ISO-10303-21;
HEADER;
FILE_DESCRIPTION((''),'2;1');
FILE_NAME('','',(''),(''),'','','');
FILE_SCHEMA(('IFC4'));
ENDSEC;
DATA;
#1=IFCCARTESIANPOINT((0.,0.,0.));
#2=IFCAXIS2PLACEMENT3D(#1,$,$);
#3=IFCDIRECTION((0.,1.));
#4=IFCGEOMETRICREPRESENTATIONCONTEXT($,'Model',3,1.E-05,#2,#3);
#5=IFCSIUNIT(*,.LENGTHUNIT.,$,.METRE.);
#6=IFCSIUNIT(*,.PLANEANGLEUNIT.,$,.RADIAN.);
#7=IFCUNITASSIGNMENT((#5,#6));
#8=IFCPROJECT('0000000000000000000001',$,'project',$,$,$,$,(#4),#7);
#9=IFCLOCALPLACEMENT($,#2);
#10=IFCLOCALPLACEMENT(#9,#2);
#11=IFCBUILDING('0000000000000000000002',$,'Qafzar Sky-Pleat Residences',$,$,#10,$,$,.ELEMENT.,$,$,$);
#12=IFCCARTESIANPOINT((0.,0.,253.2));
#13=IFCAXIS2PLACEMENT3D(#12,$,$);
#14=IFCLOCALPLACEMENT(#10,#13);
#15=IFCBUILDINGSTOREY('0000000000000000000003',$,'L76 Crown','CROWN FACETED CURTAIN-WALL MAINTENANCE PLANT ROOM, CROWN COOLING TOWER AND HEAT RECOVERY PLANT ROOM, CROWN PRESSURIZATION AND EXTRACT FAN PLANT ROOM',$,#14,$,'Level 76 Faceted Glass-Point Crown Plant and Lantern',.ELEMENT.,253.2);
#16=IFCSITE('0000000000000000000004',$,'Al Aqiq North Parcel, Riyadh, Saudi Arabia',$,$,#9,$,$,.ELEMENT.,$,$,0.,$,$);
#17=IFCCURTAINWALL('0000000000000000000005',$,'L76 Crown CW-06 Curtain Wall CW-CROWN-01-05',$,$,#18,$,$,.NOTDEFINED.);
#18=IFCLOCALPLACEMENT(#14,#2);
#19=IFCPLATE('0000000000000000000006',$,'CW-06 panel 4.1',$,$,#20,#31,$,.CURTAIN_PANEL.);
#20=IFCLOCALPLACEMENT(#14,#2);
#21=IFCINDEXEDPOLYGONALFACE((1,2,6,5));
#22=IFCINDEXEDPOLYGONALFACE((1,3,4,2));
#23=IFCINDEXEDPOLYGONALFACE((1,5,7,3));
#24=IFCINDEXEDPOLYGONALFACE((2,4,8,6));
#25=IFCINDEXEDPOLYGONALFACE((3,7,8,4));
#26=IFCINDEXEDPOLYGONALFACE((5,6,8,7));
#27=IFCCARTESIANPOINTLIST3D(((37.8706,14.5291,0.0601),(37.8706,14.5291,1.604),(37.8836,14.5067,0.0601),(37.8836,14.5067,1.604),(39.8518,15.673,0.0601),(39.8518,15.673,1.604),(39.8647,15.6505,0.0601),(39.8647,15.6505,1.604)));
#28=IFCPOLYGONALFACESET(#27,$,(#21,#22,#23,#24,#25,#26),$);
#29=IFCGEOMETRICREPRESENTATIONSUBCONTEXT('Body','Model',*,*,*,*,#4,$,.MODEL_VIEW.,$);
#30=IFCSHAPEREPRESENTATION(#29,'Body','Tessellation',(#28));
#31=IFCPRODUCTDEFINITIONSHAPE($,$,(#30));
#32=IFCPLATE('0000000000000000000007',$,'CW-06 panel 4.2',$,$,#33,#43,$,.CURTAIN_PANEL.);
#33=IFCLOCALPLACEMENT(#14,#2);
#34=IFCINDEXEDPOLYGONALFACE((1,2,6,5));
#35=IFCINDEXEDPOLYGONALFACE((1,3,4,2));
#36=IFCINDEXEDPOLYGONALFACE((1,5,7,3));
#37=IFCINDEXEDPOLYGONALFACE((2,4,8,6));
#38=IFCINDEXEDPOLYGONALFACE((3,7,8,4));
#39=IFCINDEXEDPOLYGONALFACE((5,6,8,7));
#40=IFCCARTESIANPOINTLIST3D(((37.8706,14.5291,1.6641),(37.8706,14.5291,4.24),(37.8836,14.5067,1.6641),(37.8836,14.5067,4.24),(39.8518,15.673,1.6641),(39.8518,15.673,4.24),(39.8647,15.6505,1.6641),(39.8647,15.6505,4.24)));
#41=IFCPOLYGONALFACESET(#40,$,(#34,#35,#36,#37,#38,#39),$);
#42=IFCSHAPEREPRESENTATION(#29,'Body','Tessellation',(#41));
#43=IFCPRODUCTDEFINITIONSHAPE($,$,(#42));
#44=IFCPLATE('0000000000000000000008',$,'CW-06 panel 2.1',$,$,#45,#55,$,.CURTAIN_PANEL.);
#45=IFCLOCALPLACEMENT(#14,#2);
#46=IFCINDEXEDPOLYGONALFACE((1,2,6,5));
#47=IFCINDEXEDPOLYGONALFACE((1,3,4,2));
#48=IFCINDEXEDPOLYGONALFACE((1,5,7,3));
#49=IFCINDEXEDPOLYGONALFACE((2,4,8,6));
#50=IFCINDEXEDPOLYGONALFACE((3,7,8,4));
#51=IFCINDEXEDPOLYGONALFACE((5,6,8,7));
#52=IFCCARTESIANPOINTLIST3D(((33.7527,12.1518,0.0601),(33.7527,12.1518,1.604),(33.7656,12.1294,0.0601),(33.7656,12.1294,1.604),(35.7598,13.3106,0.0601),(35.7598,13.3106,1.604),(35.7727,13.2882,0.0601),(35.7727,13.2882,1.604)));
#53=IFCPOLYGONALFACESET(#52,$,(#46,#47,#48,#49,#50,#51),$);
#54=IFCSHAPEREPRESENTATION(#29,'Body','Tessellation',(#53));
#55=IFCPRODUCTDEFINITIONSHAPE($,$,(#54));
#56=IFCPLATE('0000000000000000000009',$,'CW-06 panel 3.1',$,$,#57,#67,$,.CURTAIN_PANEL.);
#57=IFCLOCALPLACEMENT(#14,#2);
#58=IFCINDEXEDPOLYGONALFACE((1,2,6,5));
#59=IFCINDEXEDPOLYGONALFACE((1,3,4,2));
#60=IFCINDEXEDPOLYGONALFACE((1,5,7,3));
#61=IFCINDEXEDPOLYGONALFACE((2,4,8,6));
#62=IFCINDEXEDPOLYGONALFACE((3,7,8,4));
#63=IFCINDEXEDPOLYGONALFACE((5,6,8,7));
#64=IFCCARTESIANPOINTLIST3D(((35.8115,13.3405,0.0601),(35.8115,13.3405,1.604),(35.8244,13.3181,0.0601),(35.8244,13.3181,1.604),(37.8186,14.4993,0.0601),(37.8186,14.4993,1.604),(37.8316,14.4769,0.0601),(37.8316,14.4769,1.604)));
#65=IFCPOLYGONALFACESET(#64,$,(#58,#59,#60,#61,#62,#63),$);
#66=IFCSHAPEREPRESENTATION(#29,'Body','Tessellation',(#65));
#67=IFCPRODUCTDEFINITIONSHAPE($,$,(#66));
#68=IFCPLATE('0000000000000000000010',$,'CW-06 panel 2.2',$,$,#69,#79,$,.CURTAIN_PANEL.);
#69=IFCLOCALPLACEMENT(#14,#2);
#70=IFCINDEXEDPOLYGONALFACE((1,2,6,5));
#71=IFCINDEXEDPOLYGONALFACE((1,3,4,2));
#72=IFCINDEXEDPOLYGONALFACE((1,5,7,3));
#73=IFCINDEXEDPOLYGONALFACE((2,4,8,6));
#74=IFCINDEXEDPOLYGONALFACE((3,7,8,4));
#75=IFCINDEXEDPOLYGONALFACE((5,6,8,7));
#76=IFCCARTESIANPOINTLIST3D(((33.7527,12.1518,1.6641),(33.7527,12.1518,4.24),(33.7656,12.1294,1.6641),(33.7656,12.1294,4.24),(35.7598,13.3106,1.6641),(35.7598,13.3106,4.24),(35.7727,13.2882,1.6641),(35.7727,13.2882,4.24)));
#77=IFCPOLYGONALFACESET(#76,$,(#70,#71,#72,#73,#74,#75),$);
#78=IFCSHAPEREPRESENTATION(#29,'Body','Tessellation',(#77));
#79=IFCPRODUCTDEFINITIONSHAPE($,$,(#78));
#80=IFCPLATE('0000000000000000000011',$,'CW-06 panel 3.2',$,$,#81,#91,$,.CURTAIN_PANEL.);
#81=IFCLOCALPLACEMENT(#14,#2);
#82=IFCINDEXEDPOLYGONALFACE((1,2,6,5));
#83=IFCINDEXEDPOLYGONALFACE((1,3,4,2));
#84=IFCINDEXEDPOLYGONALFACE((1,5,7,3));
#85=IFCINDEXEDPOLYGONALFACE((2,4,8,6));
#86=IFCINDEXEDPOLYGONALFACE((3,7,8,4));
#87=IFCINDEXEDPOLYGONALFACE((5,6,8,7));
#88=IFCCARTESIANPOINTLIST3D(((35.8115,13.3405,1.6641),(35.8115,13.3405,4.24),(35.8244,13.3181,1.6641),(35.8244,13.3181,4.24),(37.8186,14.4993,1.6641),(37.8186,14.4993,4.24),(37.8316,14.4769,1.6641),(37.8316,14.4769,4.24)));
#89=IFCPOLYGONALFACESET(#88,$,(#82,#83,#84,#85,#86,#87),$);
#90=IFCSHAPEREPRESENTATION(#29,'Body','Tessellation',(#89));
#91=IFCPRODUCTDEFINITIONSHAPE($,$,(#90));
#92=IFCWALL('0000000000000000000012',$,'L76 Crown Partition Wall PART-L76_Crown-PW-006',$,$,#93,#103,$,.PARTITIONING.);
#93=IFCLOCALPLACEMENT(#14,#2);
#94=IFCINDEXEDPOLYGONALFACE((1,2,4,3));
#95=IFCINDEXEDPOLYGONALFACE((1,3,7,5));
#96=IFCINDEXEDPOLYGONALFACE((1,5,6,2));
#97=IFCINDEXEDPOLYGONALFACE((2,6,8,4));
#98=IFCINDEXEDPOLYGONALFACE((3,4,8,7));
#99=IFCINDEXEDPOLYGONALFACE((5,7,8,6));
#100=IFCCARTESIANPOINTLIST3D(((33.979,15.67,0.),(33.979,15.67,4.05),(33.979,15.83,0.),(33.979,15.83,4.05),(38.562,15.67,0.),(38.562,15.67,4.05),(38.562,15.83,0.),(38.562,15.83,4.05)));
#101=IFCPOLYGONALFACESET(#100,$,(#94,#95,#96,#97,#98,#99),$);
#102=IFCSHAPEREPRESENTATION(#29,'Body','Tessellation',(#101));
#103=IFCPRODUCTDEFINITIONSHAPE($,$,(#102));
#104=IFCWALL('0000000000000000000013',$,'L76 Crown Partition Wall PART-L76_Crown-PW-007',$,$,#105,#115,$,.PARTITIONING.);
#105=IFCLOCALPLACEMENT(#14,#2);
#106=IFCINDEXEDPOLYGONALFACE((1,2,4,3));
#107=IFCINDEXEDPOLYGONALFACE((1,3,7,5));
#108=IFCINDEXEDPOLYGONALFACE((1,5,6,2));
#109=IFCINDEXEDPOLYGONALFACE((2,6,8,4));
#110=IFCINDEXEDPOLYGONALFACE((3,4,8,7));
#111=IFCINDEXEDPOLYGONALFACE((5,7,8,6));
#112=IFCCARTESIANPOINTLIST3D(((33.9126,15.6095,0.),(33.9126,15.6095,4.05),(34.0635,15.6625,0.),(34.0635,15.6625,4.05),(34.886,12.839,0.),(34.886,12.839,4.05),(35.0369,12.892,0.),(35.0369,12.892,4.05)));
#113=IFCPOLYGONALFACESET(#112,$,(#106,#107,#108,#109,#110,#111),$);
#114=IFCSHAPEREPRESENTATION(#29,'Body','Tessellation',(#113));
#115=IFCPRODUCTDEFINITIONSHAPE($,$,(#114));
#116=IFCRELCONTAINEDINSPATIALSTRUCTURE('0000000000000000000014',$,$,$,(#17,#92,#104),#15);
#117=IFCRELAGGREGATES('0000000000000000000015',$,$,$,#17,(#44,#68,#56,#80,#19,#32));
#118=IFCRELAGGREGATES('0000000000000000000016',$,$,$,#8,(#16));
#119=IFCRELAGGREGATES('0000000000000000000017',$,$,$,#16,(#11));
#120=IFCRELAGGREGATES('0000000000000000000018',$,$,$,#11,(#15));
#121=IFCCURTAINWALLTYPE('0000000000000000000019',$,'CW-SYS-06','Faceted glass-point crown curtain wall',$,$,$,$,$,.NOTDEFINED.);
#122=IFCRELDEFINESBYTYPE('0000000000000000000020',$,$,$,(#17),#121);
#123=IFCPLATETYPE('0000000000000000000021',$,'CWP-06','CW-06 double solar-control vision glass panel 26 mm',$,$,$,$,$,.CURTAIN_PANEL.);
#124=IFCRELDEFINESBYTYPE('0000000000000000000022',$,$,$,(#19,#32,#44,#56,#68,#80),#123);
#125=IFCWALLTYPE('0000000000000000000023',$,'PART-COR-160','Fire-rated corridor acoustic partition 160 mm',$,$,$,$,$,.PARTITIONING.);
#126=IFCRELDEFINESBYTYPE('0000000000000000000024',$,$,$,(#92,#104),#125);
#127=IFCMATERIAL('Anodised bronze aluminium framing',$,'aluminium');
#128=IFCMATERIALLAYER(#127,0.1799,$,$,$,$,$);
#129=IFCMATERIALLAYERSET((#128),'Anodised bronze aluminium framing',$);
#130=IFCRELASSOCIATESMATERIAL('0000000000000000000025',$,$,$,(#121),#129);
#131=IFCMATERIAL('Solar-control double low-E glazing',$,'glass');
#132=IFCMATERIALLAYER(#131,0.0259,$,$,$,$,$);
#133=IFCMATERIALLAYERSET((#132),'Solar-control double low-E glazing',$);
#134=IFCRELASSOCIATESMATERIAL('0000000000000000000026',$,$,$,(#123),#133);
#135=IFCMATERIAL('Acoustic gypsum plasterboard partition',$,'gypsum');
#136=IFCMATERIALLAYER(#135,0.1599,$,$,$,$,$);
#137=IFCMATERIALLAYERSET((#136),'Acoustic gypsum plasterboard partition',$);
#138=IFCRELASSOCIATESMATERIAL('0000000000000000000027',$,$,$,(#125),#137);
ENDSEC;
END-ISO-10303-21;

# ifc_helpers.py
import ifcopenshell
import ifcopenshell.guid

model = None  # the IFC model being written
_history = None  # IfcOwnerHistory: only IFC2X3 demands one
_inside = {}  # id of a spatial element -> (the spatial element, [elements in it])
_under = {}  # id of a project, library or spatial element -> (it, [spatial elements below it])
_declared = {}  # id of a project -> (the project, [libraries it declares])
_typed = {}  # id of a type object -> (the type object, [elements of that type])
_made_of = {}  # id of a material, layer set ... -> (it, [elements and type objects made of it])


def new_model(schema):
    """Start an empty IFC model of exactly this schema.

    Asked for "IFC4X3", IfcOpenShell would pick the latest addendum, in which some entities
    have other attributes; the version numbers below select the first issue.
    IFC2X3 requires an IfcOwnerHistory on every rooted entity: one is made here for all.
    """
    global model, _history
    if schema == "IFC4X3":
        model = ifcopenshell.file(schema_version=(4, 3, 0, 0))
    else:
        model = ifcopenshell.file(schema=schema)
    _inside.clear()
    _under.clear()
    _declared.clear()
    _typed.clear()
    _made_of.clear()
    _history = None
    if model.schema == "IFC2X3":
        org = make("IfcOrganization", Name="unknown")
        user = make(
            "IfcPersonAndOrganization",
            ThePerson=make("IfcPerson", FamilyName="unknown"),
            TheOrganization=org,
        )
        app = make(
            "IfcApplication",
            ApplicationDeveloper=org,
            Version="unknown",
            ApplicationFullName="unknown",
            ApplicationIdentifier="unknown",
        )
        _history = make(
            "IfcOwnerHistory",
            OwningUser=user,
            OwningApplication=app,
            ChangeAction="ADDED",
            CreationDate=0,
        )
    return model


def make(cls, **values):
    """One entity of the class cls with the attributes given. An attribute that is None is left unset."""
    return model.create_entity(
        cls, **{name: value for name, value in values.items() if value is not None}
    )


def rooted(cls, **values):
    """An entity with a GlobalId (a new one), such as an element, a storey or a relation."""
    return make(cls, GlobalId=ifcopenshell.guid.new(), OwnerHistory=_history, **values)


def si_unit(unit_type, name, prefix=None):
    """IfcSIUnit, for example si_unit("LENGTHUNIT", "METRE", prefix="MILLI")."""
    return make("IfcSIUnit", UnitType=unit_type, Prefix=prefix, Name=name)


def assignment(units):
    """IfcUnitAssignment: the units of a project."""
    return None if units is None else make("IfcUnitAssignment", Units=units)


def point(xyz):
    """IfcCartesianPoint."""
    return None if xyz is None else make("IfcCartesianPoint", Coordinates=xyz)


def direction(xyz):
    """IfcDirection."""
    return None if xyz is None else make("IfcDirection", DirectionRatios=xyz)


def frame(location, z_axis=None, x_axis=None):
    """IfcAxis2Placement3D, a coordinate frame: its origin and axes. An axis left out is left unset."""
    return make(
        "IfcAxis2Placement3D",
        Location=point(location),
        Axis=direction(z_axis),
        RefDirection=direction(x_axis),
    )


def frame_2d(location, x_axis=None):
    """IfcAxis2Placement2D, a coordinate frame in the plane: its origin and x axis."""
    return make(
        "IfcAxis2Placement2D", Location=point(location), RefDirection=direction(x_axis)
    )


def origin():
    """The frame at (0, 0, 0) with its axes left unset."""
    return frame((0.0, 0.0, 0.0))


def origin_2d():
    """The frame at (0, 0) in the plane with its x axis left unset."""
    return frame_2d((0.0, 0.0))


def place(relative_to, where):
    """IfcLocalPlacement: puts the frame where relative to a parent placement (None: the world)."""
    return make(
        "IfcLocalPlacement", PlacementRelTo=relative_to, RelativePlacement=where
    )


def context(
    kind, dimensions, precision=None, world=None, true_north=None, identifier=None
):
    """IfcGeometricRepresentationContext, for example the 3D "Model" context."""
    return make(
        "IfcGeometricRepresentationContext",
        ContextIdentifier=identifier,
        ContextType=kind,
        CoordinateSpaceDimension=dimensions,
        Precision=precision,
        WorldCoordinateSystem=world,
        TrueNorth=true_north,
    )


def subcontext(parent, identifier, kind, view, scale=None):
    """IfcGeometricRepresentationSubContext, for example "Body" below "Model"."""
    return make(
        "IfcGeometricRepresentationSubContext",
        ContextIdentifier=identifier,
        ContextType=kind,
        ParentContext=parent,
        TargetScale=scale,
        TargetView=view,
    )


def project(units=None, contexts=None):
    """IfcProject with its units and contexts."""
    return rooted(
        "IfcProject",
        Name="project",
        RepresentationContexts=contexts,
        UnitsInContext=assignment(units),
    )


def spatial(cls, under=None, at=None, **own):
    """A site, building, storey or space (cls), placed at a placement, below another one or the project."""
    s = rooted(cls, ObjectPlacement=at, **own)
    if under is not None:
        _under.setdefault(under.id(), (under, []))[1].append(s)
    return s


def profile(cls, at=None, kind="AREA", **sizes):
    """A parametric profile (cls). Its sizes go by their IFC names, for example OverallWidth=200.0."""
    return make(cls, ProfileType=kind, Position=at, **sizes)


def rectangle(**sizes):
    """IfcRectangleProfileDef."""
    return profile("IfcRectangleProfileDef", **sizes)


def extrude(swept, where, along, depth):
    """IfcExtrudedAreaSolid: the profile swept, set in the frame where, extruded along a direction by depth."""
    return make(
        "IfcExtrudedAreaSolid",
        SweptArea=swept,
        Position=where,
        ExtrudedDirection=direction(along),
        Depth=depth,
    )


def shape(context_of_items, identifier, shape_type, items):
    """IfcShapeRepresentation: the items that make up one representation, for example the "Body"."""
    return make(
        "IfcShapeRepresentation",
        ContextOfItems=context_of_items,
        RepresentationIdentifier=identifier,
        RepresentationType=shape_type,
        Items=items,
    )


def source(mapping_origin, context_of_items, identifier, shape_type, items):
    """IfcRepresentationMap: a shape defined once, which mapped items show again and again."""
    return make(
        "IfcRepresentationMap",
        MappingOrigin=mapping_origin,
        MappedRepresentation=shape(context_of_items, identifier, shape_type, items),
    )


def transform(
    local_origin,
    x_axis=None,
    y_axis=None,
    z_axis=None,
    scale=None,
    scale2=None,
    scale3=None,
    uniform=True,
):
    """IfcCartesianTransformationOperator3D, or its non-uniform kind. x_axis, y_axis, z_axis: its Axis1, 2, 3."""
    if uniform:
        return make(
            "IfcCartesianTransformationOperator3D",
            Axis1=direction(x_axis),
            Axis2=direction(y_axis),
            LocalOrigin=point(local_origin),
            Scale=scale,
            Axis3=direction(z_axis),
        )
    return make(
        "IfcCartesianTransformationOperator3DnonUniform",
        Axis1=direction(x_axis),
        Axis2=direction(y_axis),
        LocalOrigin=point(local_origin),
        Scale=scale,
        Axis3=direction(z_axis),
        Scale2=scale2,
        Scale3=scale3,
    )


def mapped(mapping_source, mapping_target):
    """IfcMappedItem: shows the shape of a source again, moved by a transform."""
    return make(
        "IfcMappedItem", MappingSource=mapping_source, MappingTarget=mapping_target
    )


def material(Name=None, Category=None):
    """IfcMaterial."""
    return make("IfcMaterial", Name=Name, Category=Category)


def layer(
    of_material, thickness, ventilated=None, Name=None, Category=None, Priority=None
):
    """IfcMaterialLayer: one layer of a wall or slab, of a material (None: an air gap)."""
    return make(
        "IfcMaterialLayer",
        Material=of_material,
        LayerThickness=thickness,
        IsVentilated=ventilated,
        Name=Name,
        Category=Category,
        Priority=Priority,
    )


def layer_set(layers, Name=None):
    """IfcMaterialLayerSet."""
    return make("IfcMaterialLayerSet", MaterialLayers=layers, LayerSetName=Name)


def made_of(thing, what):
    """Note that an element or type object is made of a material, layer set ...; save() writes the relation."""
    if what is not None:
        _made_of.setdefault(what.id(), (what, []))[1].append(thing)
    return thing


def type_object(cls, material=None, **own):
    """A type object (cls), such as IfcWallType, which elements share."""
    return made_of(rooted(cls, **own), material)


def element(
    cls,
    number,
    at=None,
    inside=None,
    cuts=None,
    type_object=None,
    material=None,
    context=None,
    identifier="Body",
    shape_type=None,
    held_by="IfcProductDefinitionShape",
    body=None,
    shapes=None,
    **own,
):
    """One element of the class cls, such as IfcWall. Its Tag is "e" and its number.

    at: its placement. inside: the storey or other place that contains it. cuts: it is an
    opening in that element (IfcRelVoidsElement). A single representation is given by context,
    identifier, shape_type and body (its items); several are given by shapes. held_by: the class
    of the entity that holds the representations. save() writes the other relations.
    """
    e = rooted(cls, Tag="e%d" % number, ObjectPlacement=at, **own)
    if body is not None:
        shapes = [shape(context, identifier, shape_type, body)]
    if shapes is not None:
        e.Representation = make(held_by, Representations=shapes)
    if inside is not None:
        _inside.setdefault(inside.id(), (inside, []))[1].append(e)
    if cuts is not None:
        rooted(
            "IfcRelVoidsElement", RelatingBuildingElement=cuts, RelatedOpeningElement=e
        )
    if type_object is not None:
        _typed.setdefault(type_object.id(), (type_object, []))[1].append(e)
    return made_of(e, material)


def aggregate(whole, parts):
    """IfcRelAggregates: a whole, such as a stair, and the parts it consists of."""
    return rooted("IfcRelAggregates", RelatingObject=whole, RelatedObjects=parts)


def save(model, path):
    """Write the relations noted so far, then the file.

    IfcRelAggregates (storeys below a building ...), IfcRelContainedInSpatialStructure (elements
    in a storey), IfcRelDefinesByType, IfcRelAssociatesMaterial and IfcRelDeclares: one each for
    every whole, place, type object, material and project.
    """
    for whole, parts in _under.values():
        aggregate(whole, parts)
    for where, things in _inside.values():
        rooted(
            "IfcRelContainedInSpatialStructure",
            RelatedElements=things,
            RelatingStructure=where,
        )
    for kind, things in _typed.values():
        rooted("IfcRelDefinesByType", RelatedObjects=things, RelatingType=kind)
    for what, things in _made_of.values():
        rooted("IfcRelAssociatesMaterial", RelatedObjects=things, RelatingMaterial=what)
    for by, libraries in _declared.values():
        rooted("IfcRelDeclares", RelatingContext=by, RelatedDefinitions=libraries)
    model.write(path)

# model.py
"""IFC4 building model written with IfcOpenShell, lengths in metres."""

from ifc_helpers import new_model, si_unit, direction, frame, frame_2d, origin, origin_2d, place, context, subcontext, project, spatial, rectangle, extrude, source, transform, mapped, material, layer, layer_set, type_object, element, aggregate, save


model = new_model("IFC4")

# Units and contexts
model_context = context("Model", 3, precision=1e-05, world=origin(), true_north=direction((0.0, 1.0)))
body_context = subcontext(model_context, "Body", "Model", "MODEL_VIEW")
ifc_project = project(units=[si_unit("LENGTHUNIT", "METRE"), si_unit("PLANEANGLEUNIT", "RADIAN")], contexts=[model_context])

# Site, building, storey
site_placement = place(None, origin())
site = spatial("IfcSite", under=ifc_project, at=site_placement, Name="Al Aqiq North Parcel, Riyadh, Saudi Arabia", CompositionType="ELEMENT", RefElevation=0.0)
building_placement = place(site_placement, origin())
building = spatial("IfcBuilding", under=site, at=building_placement, Name="Qafzar Sky-Pleat Residences", CompositionType="ELEMENT")
storey_placement = place(building_placement, frame((0.0, 0.0, 253.2)))
storey = spatial("IfcBuildingStorey", under=building, at=storey_placement, Name="L76 Crown", Description="CROWN FACETED CURTAIN-WALL MAINTENANCE PLANT ROOM, CROWN COOLING TOWER AND HEAT RECOVERY PLANT ROOM, CROWN PRESSURIZATION AND EXTRACT FAN PLANT ROOM", LongName="Level 76 Faceted Glass-Point Crown Plant and Lantern", CompositionType="ELEMENT", Elevation=253.2)

# Curtain wall
ifc_material_1 = material(Name="Anodised bronze aluminium framing", Category="aluminium")
ifc_layer_1 = layer(ifc_material_1, 0.1799)
ifc_layer_set_1 = layer_set([ifc_layer_1], Name="Anodised bronze aluminium framing")
curtain_wall_type = type_object("IfcCurtainWallType", Name="CW-SYS-06", Description="Faceted glass-point crown curtain wall", PredefinedType="NOTDEFINED", material=ifc_layer_set_1)
curtain_wall_1_placement = place(storey_placement, origin())
curtain_wall_1 = element("IfcCurtainWall", 1, at=curtain_wall_1_placement, inside=storey, type_object=curtain_wall_type, Name="L76 Crown CW-06 Curtain Wall CW-CROWN-01-05", PredefinedType="NOTDEFINED")

# Plates
ifc_material_2 = material(Name="Solar-control double low-E glazing", Category="glass")
ifc_layer_2 = layer(ifc_material_2, 0.0259)
ifc_layer_set_2 = layer_set([ifc_layer_2], Name="Solar-control double low-E glazing")
plate_type = type_object("IfcPlateType", Name="CWP-06", Description="CW-06 double solar-control vision glass panel 26 mm", PredefinedType="CURTAIN_PANEL", material=ifc_layer_set_2)
shared_shape_1 = source(origin(), body_context, "Body", "SweptSolid", [
    extrude(rectangle(XDim=2.2876, YDim=0.0259, at=origin_2d()), origin(), (0.0, 0.0, 1.0), 1.5439),
])
plate_1_placement = place(storey_placement, frame((38.8677, 15.0898, 0.0601), z_axis=(0.0, 0.0, 1.0), x_axis=(0.866023, 0.500003, 0.0)))
plate_1 = element("IfcPlate", 2, at=plate_1_placement, type_object=plate_type, Name="CW-06 panel 4.1", PredefinedType="CURTAIN_PANEL", context=body_context, shape_type="MappedRepresentation", body=[
    mapped(shared_shape_1, transform((0.0, 0.0, 0.0), x_axis=(1.0, 0.0, 0.0), y_axis=(0.0, 1.0, 0.0), z_axis=(0.0, 0.0, 1.0), scale=1.0)),
])
shared_shape_2 = source(origin(), body_context, "Body", "SweptSolid", [
    extrude(rectangle(XDim=2.2876, YDim=0.0259, at=origin_2d()), origin(), (0.0, 0.0, 1.0), 2.5759),
])
plate_2_placement = place(storey_placement, frame((38.8677, 15.0898, 1.6641), z_axis=(0.0, 0.0, 1.0), x_axis=(0.866023, 0.500003, 0.0)))
plate_2 = element("IfcPlate", 3, at=plate_2_placement, type_object=plate_type, Name="CW-06 panel 4.2", PredefinedType="CURTAIN_PANEL", context=body_context, shape_type="MappedRepresentation", body=[
    mapped(shared_shape_2, transform((0.0, 0.0, 0.0), x_axis=(1.0, 0.0, 0.0), y_axis=(0.0, 1.0, 0.0), z_axis=(0.0, 0.0, 1.0), scale=1.0)),
])
shared_shape_3 = source(origin(), body_context, "Body", "SweptSolid", [
    extrude(rectangle(XDim=2.3176, YDim=0.0259, at=origin_2d()), origin(), (0.0, 0.0, 1.0), 1.5439),
])
plate_3_placement = place(storey_placement, frame((34.7627, 12.72, 0.0601), z_axis=(0.0, 0.0, 1.0), x_axis=(0.866023, 0.500003, 0.0)))
plate_3 = element("IfcPlate", 4, at=plate_3_placement, type_object=plate_type, Name="CW-06 panel 2.1", PredefinedType="CURTAIN_PANEL", context=body_context, shape_type="MappedRepresentation", body=[
    mapped(shared_shape_3, transform((0.0, 0.0, 0.0), x_axis=(1.0, 0.0, 0.0), y_axis=(0.0, 1.0, 0.0), z_axis=(0.0, 0.0, 1.0), scale=1.0)),
])
plate_4_placement = place(storey_placement, frame((36.8215, 13.9087, 0.0601), z_axis=(0.0, 0.0, 1.0), x_axis=(0.866023, 0.500003, 0.0)))
plate_4 = element("IfcPlate", 5, at=plate_4_placement, type_object=plate_type, Name="CW-06 panel 3.1", PredefinedType="CURTAIN_PANEL", context=body_context, shape_type="MappedRepresentation", body=[
    mapped(shared_shape_3, transform((0.0, 0.0, 0.0), x_axis=(1.0, 0.0, 0.0), y_axis=(0.0, 1.0, 0.0), z_axis=(0.0, 0.0, 1.0), scale=1.0)),
])
shared_shape_4 = source(origin(), body_context, "Body", "SweptSolid", [
    extrude(rectangle(XDim=2.3176, YDim=0.0259, at=origin_2d()), origin(), (0.0, 0.0, 1.0), 2.5759),
])
plate_5_placement = place(storey_placement, frame((34.7627, 12.72, 1.6641), z_axis=(0.0, 0.0, 1.0), x_axis=(0.866023, 0.500003, 0.0)))
plate_5 = element("IfcPlate", 6, at=plate_5_placement, type_object=plate_type, Name="CW-06 panel 2.2", PredefinedType="CURTAIN_PANEL", context=body_context, shape_type="MappedRepresentation", body=[
    mapped(shared_shape_4, transform((0.0, 0.0, 0.0), x_axis=(1.0, 0.0, 0.0), y_axis=(0.0, 1.0, 0.0), z_axis=(0.0, 0.0, 1.0), scale=1.0)),
])
plate_6_placement = place(storey_placement, frame((36.8215, 13.9087, 1.6641), z_axis=(0.0, 0.0, 1.0), x_axis=(0.866023, 0.500003, 0.0)))
plate_6 = element("IfcPlate", 7, at=plate_6_placement, type_object=plate_type, Name="CW-06 panel 3.2", PredefinedType="CURTAIN_PANEL", context=body_context, shape_type="MappedRepresentation", body=[
    mapped(shared_shape_4, transform((0.0, 0.0, 0.0), x_axis=(1.0, 0.0, 0.0), y_axis=(0.0, 1.0, 0.0), z_axis=(0.0, 0.0, 1.0), scale=1.0)),
])
aggregate(curtain_wall_1, [plate_3, plate_5, plate_4, plate_6, plate_1, plate_2])

# Walls
ifc_material_3 = material(Name="Acoustic gypsum plasterboard partition", Category="gypsum")
ifc_layer_3 = layer(ifc_material_3, 0.1599)
ifc_layer_set_3 = layer_set([ifc_layer_3], Name="Acoustic gypsum plasterboard partition")
wall_type = type_object("IfcWallType", Name="PART-COR-160", Description="Fire-rated corridor acoustic partition 160 mm", PredefinedType="PARTITIONING", material=ifc_layer_set_3)
wall_1_placement = place(storey_placement, frame((33.979, 15.75, 0.0), z_axis=(0.0, 0.0, 1.0), x_axis=(1.0, 0.0, 0.0)))
element("IfcWall", 8, at=wall_1_placement, inside=storey, type_object=wall_type, Name="L76 Crown Partition Wall PART-L76_Crown-PW-006", PredefinedType="PARTITIONING", context=body_context, shape_type="SweptSolid", body=[
    extrude(rectangle(XDim=4.583, YDim=0.1599, at=frame_2d((2.2915, 0.0))), origin(), (0.0, 0.0, 1.0), 4.05),
])
wall_2_placement = place(storey_placement, frame((33.988, 15.636, 0.0), z_axis=(0.0, 0.0, 1.0), x_axis=(0.331476, -0.943464, 0.0)))
element("IfcWall", 9, at=wall_2_placement, inside=storey, type_object=wall_type, Name="L76 Crown Partition Wall PART-L76_Crown-PW-007", PredefinedType="PARTITIONING", context=body_context, shape_type="SweptSolid", body=[
    extrude(rectangle(XDim=2.9365, YDim=0.1599, at=frame_2d((1.4683, 0.0))), origin(), (0.0, 0.0, 1.0), 4.05),
])

save(model, "model.ifc")
